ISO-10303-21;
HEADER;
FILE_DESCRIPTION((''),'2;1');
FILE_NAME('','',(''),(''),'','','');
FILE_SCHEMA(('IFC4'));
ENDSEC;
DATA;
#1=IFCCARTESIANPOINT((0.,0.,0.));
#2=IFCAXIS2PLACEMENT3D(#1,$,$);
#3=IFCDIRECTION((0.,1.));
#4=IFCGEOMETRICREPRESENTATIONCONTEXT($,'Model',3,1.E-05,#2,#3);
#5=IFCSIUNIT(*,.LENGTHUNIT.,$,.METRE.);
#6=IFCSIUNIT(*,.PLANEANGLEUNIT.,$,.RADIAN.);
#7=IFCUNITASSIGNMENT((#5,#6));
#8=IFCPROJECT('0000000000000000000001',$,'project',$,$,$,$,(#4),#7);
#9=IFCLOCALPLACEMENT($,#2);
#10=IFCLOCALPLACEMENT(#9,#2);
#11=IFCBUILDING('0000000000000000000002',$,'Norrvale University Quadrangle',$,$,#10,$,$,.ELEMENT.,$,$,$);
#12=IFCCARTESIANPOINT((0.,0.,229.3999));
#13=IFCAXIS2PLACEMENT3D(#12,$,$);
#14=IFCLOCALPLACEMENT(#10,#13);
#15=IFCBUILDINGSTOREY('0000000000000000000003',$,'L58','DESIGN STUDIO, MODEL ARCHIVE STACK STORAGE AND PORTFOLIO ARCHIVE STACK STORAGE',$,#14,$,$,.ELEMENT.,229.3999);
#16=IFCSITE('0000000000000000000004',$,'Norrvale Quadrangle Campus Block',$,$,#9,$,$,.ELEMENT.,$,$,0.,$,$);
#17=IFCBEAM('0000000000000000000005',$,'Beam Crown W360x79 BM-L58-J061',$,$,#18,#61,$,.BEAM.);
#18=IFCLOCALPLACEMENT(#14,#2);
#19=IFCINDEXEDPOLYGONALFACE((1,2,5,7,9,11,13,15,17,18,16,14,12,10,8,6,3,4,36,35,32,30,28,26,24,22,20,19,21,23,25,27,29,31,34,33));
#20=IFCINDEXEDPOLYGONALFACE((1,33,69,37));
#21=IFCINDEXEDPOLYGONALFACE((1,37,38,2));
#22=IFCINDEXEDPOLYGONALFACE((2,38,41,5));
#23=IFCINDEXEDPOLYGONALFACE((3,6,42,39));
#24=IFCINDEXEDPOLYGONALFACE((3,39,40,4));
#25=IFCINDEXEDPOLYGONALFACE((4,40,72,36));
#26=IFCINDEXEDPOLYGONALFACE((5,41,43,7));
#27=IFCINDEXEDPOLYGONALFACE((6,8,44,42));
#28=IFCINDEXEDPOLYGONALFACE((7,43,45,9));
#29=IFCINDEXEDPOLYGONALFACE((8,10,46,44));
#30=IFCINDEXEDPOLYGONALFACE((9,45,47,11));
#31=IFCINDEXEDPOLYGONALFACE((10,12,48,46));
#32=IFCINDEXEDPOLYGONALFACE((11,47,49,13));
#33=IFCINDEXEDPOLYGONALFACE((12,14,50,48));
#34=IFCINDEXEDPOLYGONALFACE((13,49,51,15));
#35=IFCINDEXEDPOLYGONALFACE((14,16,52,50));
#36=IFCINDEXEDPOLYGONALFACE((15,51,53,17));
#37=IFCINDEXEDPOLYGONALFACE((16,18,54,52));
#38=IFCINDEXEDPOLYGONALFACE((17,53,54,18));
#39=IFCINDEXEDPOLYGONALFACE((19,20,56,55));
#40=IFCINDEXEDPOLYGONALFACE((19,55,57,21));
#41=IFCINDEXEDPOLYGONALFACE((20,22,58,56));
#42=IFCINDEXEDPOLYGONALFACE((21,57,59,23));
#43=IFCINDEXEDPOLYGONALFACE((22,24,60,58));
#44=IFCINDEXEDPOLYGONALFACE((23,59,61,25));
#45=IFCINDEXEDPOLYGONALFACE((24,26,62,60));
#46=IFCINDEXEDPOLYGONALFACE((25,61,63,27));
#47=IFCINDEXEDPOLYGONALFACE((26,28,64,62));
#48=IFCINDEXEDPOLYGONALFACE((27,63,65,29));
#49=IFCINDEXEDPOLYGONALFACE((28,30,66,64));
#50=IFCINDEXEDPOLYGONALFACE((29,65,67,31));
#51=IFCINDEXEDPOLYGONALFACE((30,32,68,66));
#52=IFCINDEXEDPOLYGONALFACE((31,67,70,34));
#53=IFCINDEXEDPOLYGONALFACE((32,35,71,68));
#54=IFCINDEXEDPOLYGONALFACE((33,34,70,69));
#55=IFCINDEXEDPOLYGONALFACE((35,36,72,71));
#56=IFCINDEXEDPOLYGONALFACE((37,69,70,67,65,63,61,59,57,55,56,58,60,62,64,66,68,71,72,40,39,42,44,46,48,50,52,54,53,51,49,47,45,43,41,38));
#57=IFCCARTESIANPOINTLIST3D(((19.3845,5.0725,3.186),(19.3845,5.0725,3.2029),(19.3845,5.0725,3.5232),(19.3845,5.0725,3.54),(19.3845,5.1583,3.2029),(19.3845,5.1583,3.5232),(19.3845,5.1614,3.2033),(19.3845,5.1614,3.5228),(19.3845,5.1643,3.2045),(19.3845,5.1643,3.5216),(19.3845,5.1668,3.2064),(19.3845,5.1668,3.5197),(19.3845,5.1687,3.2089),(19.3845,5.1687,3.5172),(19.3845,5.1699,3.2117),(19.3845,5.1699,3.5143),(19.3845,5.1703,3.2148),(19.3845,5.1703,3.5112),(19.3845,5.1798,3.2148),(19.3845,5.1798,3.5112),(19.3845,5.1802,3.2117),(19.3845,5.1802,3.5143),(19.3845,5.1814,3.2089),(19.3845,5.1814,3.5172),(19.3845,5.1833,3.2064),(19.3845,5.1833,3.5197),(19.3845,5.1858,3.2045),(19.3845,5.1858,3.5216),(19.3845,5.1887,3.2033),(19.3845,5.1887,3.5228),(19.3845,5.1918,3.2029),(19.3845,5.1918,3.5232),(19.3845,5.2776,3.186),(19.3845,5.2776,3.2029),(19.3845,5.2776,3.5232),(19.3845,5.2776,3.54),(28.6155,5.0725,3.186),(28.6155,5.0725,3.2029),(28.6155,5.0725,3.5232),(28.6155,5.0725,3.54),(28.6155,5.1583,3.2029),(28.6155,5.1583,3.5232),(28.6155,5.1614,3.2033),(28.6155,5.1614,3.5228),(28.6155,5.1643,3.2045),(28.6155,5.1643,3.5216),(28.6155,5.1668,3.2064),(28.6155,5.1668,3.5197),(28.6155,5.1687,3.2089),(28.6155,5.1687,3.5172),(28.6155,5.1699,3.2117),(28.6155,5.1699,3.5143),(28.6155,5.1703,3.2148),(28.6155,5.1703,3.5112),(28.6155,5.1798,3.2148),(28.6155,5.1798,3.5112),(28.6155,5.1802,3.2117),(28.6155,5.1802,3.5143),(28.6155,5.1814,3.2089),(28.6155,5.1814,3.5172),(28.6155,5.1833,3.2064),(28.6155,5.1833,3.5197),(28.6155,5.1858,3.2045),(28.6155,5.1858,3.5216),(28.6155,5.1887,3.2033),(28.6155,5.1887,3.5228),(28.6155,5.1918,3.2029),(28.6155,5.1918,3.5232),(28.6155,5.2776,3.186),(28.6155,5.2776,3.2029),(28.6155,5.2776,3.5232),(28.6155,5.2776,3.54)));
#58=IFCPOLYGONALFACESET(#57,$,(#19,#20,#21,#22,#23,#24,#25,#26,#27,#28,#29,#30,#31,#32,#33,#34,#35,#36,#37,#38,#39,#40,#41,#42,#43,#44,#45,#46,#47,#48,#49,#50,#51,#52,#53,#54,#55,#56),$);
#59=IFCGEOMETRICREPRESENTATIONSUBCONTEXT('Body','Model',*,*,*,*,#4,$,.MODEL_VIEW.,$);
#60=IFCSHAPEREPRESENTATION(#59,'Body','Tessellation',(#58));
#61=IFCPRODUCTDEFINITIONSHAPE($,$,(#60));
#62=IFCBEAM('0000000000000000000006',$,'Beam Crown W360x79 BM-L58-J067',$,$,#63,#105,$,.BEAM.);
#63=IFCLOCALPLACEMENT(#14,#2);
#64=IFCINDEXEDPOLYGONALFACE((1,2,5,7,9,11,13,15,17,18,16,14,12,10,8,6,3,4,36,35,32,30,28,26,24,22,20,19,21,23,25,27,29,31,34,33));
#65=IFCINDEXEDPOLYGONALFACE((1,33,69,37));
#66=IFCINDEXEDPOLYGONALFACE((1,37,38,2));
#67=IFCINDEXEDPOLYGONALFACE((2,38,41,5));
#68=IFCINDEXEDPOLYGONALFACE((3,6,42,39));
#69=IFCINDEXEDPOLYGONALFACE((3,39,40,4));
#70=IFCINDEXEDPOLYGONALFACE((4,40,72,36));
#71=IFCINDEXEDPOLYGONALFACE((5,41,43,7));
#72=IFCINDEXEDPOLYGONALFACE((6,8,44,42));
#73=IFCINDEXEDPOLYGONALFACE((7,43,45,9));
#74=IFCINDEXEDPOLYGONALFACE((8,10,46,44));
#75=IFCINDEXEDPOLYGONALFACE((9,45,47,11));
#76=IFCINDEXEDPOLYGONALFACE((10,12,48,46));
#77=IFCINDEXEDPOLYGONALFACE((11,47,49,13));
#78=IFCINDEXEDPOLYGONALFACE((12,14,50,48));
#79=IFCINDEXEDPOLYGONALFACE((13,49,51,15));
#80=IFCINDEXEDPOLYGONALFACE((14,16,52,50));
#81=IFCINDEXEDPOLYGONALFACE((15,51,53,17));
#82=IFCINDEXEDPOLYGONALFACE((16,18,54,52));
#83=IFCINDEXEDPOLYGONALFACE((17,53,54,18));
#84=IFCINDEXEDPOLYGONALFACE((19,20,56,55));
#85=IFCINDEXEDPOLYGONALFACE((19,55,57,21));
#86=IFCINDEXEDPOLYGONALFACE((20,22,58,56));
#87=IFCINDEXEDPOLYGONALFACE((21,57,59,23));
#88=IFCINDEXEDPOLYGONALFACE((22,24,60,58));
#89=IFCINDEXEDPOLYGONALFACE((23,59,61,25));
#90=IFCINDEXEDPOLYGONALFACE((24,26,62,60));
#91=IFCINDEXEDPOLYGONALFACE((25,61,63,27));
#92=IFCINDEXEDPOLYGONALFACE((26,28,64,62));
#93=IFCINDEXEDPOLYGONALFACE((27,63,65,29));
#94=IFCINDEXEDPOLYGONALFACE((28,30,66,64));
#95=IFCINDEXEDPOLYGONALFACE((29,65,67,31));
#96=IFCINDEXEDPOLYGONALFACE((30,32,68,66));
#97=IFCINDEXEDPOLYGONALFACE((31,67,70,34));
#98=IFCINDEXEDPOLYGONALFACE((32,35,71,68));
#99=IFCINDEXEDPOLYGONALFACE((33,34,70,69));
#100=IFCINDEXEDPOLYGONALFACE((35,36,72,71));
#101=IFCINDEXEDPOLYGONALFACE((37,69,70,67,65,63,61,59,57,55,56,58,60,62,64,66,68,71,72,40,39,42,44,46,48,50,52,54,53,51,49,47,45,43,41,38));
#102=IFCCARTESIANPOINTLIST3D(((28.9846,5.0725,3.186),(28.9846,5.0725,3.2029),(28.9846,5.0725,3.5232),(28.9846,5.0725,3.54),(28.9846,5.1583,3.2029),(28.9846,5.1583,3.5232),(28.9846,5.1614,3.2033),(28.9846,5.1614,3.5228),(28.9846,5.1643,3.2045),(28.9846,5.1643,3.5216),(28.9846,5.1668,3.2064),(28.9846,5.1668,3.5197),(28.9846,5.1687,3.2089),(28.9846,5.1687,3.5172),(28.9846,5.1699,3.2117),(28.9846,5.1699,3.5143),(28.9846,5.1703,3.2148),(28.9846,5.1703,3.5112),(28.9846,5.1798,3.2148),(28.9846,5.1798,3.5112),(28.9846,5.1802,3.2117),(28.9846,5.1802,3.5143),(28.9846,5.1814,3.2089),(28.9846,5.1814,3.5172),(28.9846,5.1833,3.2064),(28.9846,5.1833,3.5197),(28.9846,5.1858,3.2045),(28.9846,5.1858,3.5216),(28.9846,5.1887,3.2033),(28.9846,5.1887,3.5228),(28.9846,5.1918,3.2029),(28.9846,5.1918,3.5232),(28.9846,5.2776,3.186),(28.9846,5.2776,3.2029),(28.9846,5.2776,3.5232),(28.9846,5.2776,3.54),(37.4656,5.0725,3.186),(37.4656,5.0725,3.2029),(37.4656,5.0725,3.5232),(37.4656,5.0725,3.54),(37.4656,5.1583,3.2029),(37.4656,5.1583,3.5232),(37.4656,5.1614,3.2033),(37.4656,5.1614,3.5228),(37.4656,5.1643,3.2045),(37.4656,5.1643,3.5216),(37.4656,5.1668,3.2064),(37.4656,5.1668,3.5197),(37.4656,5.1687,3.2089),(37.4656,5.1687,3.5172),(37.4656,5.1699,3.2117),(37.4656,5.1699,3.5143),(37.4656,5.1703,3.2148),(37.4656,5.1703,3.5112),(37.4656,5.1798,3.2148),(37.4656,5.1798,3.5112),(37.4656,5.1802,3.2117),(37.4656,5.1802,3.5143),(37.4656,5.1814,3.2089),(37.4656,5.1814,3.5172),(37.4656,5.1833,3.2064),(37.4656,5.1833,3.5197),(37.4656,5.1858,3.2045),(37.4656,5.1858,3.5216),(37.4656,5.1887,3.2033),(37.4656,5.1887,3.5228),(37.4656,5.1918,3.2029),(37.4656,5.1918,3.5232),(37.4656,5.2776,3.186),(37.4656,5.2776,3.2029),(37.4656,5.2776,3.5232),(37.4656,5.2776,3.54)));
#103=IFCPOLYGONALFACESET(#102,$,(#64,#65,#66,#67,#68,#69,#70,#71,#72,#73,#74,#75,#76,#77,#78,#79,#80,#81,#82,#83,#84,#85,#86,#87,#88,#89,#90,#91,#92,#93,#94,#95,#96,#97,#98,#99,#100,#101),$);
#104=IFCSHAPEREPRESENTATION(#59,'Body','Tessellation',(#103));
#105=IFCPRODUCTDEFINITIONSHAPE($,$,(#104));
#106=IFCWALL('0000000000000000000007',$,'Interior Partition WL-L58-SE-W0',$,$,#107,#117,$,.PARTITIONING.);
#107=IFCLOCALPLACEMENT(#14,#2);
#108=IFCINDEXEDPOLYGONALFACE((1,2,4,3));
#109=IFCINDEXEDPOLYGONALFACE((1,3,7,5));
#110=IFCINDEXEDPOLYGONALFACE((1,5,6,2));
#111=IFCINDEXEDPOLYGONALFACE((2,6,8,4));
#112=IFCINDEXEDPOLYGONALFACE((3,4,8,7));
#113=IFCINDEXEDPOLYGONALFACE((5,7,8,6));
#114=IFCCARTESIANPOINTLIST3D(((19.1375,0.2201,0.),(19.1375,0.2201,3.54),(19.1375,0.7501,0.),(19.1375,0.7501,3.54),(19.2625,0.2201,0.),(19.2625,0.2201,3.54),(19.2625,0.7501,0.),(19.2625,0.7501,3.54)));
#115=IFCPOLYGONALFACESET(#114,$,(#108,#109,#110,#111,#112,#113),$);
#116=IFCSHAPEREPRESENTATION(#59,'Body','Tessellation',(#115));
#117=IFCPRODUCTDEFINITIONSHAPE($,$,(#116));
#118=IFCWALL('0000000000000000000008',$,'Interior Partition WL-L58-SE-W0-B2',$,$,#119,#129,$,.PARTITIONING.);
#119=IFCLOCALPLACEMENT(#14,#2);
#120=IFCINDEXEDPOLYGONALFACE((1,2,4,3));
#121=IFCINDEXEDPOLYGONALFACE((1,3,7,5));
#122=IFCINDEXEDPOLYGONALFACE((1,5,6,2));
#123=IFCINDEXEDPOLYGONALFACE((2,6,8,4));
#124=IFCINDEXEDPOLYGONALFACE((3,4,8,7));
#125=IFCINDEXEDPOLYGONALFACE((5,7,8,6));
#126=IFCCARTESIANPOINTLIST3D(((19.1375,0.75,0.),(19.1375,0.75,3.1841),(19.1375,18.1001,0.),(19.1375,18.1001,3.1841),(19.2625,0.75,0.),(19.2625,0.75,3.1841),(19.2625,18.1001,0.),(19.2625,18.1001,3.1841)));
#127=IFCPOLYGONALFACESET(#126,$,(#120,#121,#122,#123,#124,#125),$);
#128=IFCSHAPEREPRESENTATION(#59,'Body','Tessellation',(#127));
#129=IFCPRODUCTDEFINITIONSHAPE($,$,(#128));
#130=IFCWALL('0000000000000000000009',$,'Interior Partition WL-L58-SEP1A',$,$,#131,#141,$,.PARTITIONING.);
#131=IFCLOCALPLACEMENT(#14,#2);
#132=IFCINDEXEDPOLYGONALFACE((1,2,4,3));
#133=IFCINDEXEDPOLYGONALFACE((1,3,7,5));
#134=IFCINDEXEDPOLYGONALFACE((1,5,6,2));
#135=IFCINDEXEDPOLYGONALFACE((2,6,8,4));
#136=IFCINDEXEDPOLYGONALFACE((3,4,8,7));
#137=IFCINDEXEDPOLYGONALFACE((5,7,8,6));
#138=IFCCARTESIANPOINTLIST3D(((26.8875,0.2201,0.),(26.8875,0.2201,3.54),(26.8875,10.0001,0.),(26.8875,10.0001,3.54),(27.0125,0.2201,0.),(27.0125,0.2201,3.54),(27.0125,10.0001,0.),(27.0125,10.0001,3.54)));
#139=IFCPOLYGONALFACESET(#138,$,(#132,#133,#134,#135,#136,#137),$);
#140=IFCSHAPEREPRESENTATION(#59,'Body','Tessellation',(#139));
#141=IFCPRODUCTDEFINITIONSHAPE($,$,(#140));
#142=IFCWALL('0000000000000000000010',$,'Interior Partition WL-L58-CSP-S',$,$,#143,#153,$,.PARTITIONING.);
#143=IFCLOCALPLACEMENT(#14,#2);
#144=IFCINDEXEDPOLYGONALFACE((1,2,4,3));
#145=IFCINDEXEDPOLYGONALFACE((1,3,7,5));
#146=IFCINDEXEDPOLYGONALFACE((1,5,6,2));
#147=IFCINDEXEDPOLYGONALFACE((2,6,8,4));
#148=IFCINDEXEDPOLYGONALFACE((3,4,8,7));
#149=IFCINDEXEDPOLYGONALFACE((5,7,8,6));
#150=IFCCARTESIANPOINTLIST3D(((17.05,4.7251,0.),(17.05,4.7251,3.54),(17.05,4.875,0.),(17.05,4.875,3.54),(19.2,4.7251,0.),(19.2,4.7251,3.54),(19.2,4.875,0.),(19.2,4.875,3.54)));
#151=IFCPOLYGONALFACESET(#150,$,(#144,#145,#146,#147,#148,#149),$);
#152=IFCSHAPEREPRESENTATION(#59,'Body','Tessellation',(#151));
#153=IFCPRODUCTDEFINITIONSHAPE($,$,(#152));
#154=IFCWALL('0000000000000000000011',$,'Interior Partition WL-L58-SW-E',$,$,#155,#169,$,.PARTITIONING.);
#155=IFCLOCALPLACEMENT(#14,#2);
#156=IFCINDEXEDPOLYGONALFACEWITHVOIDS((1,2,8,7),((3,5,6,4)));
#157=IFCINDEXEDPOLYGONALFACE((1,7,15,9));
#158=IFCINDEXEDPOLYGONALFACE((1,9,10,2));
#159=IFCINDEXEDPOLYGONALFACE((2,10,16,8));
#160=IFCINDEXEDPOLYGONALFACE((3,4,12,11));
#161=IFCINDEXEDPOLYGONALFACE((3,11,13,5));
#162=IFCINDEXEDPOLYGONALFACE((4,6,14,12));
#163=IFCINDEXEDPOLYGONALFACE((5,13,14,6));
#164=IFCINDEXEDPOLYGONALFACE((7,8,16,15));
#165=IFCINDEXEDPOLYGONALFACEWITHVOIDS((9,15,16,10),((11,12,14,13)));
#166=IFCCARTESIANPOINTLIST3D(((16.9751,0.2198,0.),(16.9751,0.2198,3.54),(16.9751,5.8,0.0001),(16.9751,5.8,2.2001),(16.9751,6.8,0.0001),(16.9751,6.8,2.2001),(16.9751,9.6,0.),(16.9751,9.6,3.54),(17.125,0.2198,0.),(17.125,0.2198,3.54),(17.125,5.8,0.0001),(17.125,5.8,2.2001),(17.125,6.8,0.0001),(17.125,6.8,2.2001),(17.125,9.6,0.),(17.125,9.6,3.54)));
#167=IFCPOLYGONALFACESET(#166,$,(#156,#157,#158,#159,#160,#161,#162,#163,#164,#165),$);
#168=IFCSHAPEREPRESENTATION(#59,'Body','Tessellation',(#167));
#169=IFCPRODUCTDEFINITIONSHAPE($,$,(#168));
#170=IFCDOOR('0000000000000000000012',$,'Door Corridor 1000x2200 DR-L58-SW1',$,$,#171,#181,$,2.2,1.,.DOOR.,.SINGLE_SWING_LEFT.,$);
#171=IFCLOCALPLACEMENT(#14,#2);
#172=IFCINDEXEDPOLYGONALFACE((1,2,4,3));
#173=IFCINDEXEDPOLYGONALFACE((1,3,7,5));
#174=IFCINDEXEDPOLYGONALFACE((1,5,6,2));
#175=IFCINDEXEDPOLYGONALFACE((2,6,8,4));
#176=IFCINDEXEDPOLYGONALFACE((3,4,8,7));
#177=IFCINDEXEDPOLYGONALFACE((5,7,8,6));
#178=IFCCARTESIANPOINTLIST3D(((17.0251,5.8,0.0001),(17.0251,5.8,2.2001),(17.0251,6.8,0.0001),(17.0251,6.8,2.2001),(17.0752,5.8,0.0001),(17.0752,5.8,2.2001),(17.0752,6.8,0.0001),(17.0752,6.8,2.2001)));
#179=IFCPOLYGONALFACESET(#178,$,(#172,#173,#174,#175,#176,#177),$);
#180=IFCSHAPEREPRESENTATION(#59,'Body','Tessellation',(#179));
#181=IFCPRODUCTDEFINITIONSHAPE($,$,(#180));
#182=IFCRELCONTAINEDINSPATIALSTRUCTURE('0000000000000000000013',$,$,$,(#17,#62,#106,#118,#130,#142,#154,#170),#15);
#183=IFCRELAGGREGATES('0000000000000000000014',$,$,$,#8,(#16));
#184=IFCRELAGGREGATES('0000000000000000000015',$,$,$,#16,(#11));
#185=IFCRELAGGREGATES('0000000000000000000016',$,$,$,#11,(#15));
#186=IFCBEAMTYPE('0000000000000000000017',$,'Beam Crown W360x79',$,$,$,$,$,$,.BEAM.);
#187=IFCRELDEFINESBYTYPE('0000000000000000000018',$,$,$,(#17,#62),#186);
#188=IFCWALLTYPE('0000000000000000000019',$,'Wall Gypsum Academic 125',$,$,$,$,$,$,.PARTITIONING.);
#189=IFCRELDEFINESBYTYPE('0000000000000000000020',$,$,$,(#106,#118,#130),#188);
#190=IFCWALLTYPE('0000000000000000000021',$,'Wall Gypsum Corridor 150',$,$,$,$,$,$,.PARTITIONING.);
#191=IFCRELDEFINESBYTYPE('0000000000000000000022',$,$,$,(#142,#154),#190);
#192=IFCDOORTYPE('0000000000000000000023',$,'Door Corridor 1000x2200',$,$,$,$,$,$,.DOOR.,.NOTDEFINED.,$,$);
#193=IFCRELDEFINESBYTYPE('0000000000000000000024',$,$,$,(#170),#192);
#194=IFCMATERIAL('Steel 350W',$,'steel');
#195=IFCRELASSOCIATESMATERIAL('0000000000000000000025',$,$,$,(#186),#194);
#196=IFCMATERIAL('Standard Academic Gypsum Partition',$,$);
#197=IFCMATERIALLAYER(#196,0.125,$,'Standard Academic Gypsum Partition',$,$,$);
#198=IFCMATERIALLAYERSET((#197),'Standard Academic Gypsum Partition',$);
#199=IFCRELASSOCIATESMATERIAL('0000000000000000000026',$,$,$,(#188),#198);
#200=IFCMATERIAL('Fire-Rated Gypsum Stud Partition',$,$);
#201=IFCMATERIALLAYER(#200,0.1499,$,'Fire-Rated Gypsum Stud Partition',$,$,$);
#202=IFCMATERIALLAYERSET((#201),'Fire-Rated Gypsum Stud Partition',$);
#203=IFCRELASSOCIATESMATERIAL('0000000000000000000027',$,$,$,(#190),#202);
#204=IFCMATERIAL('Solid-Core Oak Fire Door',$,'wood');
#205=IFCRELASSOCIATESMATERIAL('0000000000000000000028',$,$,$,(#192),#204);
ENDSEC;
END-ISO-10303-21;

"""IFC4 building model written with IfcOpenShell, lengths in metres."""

from ifc_helpers import new_model, si_unit, direction, frame, frame_2d, origin, origin_2d, place, context, subcontext, project, spatial, rectangle, i_section, extrude, material, layer, layer_set, material_profile, profile_set, type_object, element, fill, save


model = new_model("IFC4")

# Units and contexts
model_context = context("Model", 3, precision=1e-05, world=origin(), true_north=direction((0.0, 1.0)))
body_context = subcontext(model_context, "Body", "Model", "MODEL_VIEW")
ifc_project = project(units=[si_unit("LENGTHUNIT", "METRE"), si_unit("PLANEANGLEUNIT", "RADIAN")], contexts=[model_context])

# Site, building, storey
site_placement = place(None, origin())
site = spatial("IfcSite", under=ifc_project, at=site_placement, Name="Norrvale Quadrangle Campus Block", CompositionType="ELEMENT", RefElevation=0.0)
building_placement = place(site_placement, origin())
building = spatial("IfcBuilding", under=site, at=building_placement, Name="Norrvale University Quadrangle", CompositionType="ELEMENT")
storey_placement = place(building_placement, frame((0.0, 0.0, 229.3999)))
storey = spatial("IfcBuildingStorey", under=building, at=storey_placement, Name="L58", Description="DESIGN STUDIO, MODEL ARCHIVE STACK STORAGE AND PORTFOLIO ARCHIVE STACK STORAGE", CompositionType="ELEMENT", Elevation=229.3999)

# Beams
ifc_material_1 = material(Name="Steel 350W", Category="steel")
ifc_material_profile_1 = material_profile(ifc_material_1, i_section(OverallWidth=0.2051, OverallDepth=0.354, WebThickness=0.0095, FlangeThickness=0.0168, FilletRadius=0.012, at=origin_2d()), Name="Steel 350W")
ifc_profile_set_1 = profile_set([ifc_material_profile_1], Name="Steel 350W")
beam_type_1 = type_object("IfcBeamType", Name="Beam Crown W360x79", PredefinedType="BEAM", material=ifc_profile_set_1)
beam_1_placement = place(storey_placement, frame((19.3845, 5.175, 3.363), z_axis=(1.0, 0.0, 0.0), x_axis=(0.0, 1.0, 0.0)))
element("IfcBeam", 1, at=beam_1_placement, inside=storey, type_object=beam_type_1, Name="Beam Crown W360x79 BM-L58-J061", PredefinedType="BEAM", context=body_context, shape_type="SweptSolid", body=[
    extrude(i_section(OverallWidth=0.2051, OverallDepth=0.354, WebThickness=0.0095, FlangeThickness=0.0168, FilletRadius=0.012, at=origin_2d()), origin(), (0.0, 0.0, 1.0), 9.231),
])
beam_2_placement = place(storey_placement, frame((28.9846, 5.175, 3.363), z_axis=(1.0, 0.0, 0.0), x_axis=(0.0, 1.0, 0.0)))
element("IfcBeam", 2, at=beam_2_placement, inside=storey, type_object=beam_type_1, Name="Beam Crown W360x79 BM-L58-J067", PredefinedType="BEAM", context=body_context, shape_type="SweptSolid", body=[
    extrude(i_section(OverallWidth=0.2051, OverallDepth=0.354, WebThickness=0.0095, FlangeThickness=0.0168, FilletRadius=0.012, at=origin_2d()), origin(), (0.0, 0.0, 1.0), 8.481),
])

# Walls
ifc_material_2 = material(Name="Standard Academic Gypsum Partition")
ifc_layer_1 = layer(ifc_material_2, 0.125, Name="Standard Academic Gypsum Partition")
ifc_layer_set_1 = layer_set([ifc_layer_1], Name="Standard Academic Gypsum Partition")
wall_type_1 = type_object("IfcWallType", Name="Wall Gypsum Academic 125", PredefinedType="PARTITIONING", material=ifc_layer_set_1)
wall_1_placement = place(storey_placement, frame((19.2, 0.22, 0.0), z_axis=(0.0, 0.0, 1.0), x_axis=(0.0, 1.0, 0.0)))
element("IfcWall", 3, at=wall_1_placement, inside=storey, type_object=wall_type_1, Name="Interior Partition WL-L58-SE-W0", PredefinedType="PARTITIONING", context=body_context, shape_type="SweptSolid", body=[
    extrude(rectangle(XDim=0.53, YDim=0.125, at=frame_2d((0.2651, 0.0))), origin(), (0.0, 0.0, 1.0), 3.54),
])
wall_2_placement = place(storey_placement, frame((19.2, 0.75, 0.0), z_axis=(0.0, 0.0, 1.0), x_axis=(0.0, 1.0, 0.0)))
element("IfcWall", 4, at=wall_2_placement, inside=storey, type_object=wall_type_1, Name="Interior Partition WL-L58-SE-W0-B2", PredefinedType="PARTITIONING", context=body_context, shape_type="SweptSolid", body=[
    extrude(rectangle(XDim=17.3501, YDim=0.125, at=frame_2d((8.675, 0.0))), origin(), (0.0, 0.0, 1.0), 3.1841),
])
wall_3_placement = place(storey_placement, frame((26.95, 0.22, 0.0), z_axis=(0.0, 0.0, 1.0), x_axis=(0.0, 1.0, 0.0)))
element("IfcWall", 5, at=wall_3_placement, inside=storey, type_object=wall_type_1, Name="Interior Partition WL-L58-SEP1A", PredefinedType="PARTITIONING", context=body_context, shape_type="SweptSolid", body=[
    extrude(rectangle(XDim=9.78, YDim=0.125, at=frame_2d((4.8901, 0.0))), origin(), (0.0, 0.0, 1.0), 3.54),
])
ifc_material_3 = material(Name="Fire-Rated Gypsum Stud Partition")
ifc_layer_2 = layer(ifc_material_3, 0.1499, Name="Fire-Rated Gypsum Stud Partition")
ifc_layer_set_2 = layer_set([ifc_layer_2], Name="Fire-Rated Gypsum Stud Partition")
wall_type_2 = type_object("IfcWallType", Name="Wall Gypsum Corridor 150", PredefinedType="PARTITIONING", material=ifc_layer_set_2)
wall_4_placement = place(storey_placement, frame((17.05, 4.8, 0.0), z_axis=(0.0, 0.0, 1.0), x_axis=(1.0, 0.0, 0.0)))
element("IfcWall", 6, at=wall_4_placement, inside=storey, type_object=wall_type_2, Name="Interior Partition WL-L58-CSP-S", PredefinedType="PARTITIONING", context=body_context, shape_type="SweptSolid", body=[
    extrude(rectangle(XDim=2.1499, YDim=0.1499, at=frame_2d((1.075, 0.0))), origin(), (0.0, 0.0, 1.0), 3.54),
])

# Wall, opening, door
wall_5_placement = place(storey_placement, frame((17.05, 0.22, 0.0), z_axis=(0.0, 0.0, 1.0), x_axis=(0.0, 1.0, 0.0)))
wall_5 = element("IfcWall", 7, at=wall_5_placement, inside=storey, type_object=wall_type_2, Name="Interior Partition WL-L58-SW-E", PredefinedType="PARTITIONING", context=body_context, shape_type="SweptSolid", body=[
    extrude(rectangle(XDim=9.3801, YDim=0.1499, at=frame_2d((4.6899, 0.0))), origin(), (0.0, 0.0, 1.0), 3.54),
])
opening_placement = place(wall_5_placement, frame((5.5801, 0.0, 0.0)))
opening = element("IfcOpeningElement", 8, at=opening_placement, cuts=wall_5, PredefinedType="OPENING", context=body_context, shape_type="SweptSolid", body=[
    extrude(rectangle(XDim=1.0, YDim=2.2, at=frame_2d((0.5, 1.1001))), frame((0.0, 0.0869, 0.0), z_axis=(0.0, -1.0, 0.0), x_axis=(1.0, 0.0, 0.0)), (0.0, 0.0, 1.0), 0.1738),
])
ifc_material_4 = material(Name="Solid-Core Oak Fire Door", Category="wood")
door_type = type_object("IfcDoorType", Name="Door Corridor 1000x2200", OperationType="NOTDEFINED", PredefinedType="DOOR", material=ifc_material_4)
door_placement = place(opening_placement, origin())
door = element("IfcDoor", 9, at=door_placement, inside=storey, type_object=door_type, Name="Door Corridor 1000x2200 DR-L58-SW1", OperationType="SINGLE_SWING_LEFT", OverallHeight=2.2, OverallWidth=1.0, PredefinedType="DOOR", context=body_context, shape_type="SweptSolid", body=[
    extrude(rectangle(XDim=1.0, YDim=2.2, at=frame_2d((0.5, 1.1001))), frame((0.0, 0.0249, 0.0), z_axis=(0.0, -1.0, 0.0), x_axis=(1.0, 0.0, 0.0)), (0.0, 0.0, 1.0), 0.05),
])
fill(opening, door)

save(model, "model.ifc")
